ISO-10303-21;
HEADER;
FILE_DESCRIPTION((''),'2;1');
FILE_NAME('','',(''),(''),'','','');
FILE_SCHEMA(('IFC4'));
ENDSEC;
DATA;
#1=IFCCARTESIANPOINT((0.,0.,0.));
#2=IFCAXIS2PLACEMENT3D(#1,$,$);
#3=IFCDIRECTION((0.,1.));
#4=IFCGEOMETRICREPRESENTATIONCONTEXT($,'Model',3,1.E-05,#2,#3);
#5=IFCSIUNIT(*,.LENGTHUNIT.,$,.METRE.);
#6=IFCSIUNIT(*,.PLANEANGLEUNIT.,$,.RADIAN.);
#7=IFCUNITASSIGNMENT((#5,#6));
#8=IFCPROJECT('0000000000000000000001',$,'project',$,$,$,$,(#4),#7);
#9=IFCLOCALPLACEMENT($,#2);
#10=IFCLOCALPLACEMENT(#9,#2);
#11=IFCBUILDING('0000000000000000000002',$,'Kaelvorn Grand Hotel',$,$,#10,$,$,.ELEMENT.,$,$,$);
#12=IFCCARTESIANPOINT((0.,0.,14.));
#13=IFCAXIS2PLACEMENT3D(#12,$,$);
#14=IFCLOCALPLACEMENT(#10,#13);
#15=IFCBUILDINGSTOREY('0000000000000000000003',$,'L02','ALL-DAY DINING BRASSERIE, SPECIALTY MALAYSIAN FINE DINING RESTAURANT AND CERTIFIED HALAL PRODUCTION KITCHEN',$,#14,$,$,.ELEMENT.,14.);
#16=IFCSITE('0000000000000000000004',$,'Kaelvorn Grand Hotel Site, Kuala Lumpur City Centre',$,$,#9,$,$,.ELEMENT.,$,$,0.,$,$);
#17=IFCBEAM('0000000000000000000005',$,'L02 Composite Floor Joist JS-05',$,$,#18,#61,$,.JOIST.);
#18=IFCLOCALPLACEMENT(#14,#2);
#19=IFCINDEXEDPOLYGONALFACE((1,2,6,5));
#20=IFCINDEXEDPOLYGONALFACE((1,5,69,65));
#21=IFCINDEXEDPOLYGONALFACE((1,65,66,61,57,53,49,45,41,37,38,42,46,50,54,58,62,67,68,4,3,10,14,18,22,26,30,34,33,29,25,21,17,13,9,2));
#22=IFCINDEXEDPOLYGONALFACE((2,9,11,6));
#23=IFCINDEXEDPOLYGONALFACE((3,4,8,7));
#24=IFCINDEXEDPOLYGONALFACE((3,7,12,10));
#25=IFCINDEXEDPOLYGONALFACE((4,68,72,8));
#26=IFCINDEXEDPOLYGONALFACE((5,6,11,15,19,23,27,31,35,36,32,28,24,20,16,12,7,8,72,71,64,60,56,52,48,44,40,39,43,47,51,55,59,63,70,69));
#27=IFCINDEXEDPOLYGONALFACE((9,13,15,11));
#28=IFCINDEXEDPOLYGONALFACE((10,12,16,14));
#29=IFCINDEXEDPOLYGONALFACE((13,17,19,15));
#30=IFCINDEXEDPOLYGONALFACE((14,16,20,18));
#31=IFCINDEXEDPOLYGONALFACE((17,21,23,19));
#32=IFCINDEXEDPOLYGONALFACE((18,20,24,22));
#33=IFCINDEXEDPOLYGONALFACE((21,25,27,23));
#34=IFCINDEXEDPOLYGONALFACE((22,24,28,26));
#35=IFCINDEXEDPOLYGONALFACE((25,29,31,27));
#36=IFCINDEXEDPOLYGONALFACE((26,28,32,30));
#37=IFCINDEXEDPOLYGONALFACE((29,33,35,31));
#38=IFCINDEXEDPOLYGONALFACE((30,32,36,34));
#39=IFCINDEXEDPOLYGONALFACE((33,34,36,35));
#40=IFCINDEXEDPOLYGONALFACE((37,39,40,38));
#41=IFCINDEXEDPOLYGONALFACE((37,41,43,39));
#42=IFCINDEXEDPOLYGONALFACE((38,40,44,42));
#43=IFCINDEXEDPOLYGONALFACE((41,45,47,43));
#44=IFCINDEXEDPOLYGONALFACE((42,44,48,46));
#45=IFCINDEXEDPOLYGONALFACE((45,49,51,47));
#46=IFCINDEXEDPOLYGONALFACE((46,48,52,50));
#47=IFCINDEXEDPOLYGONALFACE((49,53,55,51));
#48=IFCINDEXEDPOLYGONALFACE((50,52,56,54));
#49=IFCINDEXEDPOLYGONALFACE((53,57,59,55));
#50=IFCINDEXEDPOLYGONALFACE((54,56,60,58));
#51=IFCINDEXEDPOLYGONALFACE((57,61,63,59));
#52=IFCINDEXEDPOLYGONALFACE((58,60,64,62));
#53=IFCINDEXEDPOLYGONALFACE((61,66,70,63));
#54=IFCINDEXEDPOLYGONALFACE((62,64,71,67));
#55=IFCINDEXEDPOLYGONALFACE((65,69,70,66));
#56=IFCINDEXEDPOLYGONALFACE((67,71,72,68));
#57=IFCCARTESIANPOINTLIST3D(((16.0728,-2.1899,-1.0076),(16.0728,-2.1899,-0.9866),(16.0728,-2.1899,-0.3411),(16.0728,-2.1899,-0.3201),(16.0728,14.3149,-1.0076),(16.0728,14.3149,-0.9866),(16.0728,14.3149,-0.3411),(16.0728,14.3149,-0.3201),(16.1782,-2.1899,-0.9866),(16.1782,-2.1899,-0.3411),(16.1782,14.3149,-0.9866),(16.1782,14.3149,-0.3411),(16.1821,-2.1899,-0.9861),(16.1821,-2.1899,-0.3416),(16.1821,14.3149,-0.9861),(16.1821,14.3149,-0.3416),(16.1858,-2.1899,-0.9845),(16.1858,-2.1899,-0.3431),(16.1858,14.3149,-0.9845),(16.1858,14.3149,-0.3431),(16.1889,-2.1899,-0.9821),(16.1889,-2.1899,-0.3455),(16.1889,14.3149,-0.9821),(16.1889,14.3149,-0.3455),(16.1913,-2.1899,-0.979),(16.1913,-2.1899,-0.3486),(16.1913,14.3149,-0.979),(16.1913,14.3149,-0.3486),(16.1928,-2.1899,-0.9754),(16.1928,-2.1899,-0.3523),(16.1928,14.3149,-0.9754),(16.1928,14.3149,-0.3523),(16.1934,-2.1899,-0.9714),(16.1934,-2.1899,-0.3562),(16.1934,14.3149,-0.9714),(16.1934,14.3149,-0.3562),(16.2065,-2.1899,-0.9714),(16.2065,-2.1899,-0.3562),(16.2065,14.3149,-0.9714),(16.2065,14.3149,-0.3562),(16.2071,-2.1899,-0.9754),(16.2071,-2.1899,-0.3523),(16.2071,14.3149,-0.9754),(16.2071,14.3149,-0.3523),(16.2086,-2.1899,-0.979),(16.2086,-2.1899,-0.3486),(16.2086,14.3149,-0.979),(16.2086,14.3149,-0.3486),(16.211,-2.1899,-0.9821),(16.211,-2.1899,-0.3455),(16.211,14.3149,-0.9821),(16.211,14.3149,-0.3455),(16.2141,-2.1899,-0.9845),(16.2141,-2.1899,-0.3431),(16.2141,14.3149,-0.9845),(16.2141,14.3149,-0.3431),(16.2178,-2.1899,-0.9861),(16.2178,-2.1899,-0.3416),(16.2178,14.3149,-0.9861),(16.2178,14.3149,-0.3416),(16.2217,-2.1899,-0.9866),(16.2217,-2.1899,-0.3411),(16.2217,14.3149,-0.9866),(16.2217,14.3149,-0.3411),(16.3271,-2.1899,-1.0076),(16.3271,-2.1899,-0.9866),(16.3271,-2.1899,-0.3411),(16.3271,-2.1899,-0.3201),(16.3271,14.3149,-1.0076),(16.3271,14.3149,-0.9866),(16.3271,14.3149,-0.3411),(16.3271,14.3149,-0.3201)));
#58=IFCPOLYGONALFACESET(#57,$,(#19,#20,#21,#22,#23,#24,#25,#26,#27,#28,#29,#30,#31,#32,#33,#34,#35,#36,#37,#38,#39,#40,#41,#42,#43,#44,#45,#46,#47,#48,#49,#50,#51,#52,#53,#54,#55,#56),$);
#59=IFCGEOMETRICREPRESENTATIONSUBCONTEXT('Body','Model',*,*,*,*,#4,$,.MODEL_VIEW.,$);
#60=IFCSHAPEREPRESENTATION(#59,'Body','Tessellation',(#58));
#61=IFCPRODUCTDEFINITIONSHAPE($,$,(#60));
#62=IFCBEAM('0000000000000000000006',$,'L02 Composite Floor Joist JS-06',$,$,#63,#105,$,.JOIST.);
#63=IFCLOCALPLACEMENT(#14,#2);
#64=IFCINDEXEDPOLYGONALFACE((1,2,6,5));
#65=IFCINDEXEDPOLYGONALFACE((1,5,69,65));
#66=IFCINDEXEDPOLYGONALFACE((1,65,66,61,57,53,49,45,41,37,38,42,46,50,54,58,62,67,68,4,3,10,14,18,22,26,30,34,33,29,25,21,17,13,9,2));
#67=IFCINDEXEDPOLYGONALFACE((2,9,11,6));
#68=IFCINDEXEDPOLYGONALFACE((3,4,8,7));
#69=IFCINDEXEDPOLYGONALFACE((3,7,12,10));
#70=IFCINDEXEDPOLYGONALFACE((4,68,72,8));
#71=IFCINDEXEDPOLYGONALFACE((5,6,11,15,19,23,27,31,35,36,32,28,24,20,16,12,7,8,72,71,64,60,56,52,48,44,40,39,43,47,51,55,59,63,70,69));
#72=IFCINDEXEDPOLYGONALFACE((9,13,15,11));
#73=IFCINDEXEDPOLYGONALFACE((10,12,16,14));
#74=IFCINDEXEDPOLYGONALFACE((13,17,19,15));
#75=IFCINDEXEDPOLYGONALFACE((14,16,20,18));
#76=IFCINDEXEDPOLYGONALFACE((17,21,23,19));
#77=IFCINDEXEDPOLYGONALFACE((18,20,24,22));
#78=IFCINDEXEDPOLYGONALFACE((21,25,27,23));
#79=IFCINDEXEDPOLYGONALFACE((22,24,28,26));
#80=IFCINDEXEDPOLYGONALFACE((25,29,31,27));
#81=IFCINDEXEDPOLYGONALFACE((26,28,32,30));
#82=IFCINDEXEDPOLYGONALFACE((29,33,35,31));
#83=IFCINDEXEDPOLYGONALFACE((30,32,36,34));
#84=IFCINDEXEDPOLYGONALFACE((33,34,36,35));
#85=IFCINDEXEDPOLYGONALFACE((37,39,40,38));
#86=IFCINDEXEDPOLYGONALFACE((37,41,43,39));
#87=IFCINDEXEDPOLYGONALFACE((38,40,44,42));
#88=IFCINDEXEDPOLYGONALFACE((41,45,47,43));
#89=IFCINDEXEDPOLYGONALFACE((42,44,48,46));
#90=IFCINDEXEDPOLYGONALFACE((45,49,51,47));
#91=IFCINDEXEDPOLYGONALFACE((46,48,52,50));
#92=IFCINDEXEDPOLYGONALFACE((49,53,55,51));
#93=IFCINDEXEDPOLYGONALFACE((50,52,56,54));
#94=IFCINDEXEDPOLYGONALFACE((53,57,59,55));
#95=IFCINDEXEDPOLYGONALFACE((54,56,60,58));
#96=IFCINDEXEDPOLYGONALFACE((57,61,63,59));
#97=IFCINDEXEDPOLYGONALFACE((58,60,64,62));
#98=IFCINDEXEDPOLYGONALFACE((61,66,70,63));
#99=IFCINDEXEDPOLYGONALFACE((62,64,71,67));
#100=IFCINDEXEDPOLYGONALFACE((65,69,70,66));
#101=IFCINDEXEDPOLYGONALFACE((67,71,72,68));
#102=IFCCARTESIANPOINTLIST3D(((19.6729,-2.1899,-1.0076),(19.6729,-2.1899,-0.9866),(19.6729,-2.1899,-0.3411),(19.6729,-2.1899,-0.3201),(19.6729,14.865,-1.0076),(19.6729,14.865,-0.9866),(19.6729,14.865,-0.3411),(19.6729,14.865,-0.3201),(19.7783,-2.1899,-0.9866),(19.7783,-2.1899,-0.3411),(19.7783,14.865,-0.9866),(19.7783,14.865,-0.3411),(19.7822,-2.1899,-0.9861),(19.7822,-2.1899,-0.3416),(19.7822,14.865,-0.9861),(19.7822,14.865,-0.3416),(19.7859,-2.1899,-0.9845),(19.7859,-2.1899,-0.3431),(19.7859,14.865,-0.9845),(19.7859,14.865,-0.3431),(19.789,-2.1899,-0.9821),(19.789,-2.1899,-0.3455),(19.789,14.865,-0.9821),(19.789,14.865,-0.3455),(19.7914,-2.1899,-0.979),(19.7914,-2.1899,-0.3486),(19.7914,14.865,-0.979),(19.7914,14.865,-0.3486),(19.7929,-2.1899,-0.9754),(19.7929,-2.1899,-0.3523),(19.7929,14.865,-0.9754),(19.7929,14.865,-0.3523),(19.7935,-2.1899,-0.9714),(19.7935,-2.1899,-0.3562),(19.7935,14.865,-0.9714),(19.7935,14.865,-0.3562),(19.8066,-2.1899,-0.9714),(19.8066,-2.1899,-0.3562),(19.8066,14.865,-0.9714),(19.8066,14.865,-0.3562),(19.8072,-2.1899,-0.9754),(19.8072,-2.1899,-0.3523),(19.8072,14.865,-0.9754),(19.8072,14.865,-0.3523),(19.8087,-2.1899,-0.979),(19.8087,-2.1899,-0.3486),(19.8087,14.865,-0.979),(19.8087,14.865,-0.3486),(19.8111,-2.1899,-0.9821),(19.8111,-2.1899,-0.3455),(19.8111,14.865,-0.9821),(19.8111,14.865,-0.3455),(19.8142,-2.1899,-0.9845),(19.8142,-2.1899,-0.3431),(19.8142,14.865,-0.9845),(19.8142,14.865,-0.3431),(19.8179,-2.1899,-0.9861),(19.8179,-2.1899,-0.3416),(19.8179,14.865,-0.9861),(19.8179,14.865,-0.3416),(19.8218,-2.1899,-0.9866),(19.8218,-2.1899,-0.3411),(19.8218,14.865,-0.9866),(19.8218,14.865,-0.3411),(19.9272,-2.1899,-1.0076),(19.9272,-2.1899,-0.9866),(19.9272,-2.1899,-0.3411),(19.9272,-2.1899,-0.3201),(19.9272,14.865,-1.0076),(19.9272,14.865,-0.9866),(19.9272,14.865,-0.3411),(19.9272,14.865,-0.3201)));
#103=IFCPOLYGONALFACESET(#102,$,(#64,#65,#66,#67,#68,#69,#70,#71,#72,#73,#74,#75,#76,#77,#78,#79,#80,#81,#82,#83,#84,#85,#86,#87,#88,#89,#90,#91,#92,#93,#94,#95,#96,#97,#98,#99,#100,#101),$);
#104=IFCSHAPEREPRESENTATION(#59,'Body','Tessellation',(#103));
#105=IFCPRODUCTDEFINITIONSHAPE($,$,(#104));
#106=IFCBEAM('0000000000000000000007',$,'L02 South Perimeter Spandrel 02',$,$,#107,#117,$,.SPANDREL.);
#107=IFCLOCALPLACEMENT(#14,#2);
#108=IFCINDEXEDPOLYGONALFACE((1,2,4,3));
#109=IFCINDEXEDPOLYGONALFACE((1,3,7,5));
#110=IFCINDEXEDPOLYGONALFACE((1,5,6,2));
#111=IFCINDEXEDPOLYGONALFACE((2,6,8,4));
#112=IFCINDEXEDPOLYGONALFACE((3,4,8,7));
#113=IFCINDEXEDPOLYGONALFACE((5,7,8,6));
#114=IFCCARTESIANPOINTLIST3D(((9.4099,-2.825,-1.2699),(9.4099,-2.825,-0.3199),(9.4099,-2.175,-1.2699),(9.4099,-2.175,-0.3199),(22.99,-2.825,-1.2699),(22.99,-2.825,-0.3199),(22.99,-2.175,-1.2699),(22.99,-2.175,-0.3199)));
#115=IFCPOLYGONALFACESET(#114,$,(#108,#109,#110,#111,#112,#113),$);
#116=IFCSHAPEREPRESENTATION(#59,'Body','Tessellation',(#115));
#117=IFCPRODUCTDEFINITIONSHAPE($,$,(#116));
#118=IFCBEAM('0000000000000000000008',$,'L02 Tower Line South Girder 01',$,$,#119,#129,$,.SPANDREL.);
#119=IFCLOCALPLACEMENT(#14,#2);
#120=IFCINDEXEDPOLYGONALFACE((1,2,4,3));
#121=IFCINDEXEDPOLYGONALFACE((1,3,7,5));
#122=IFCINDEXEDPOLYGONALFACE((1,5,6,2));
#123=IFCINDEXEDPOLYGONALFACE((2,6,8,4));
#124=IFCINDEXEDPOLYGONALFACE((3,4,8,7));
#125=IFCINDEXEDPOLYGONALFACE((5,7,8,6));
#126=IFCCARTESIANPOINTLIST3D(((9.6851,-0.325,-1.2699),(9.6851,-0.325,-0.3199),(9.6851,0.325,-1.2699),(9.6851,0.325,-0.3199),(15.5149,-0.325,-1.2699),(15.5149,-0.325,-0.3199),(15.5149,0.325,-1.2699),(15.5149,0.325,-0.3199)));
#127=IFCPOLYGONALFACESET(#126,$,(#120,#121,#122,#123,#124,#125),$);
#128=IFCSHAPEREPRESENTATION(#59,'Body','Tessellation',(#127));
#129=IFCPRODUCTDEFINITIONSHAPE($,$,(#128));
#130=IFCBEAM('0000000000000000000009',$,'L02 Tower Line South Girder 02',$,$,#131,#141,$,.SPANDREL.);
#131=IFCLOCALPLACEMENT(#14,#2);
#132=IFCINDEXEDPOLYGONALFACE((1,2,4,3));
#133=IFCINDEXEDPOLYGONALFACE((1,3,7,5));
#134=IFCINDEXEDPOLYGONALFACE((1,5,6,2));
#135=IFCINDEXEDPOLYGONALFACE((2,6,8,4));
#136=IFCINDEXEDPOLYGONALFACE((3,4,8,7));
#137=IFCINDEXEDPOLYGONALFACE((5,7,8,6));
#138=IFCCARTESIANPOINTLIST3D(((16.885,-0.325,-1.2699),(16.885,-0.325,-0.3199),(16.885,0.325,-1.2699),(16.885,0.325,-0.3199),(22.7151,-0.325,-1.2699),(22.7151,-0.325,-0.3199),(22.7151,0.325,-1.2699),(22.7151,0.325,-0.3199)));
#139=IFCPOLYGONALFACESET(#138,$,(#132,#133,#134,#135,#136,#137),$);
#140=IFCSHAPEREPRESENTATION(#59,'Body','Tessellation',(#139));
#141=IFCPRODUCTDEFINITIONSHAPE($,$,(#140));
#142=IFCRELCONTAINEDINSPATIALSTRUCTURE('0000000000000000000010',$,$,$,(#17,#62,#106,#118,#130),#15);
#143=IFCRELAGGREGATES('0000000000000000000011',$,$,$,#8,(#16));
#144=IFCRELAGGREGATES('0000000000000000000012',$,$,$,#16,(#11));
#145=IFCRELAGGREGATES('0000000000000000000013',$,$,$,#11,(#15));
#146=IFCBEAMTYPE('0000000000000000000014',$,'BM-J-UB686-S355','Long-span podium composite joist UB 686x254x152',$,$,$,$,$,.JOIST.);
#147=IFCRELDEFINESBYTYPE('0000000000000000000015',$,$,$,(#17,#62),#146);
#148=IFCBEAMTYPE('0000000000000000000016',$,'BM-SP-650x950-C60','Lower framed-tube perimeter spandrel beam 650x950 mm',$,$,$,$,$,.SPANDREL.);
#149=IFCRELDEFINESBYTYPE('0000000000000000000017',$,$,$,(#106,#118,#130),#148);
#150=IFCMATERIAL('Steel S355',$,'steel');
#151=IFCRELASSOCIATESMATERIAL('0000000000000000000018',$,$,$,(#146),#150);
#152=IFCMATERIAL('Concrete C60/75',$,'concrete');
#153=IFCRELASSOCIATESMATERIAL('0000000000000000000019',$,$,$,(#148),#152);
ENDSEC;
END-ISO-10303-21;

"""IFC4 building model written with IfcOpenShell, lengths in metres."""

from ifc_helpers import new_model, si_unit, direction, frame, origin, origin_2d, place, context, subcontext, project, spatial, rectangle, i_section, extrude, material, material_profile, profile_set, type_object, element, save


model = new_model("IFC4")

# Units and contexts
model_context = context("Model", 3, precision=1e-05, world=origin(), true_north=direction((0.0, 1.0)))
body_context = subcontext(model_context, "Body", "Model", "MODEL_VIEW")
ifc_project = project(units=[si_unit("LENGTHUNIT", "METRE"), si_unit("PLANEANGLEUNIT", "RADIAN")], contexts=[model_context])

# Site, building, storey
site_placement = place(None, origin())
site = spatial("IfcSite", under=ifc_project, at=site_placement, Name="Kaelvorn Grand Hotel Site, Kuala Lumpur City Centre", CompositionType="ELEMENT", RefElevation=0.0)
building_placement = place(site_placement, origin())
building = spatial("IfcBuilding", under=site, at=building_placement, Name="Kaelvorn Grand Hotel", CompositionType="ELEMENT")
storey_placement = place(building_placement, frame((0.0, 0.0, 14.0)))
storey = spatial("IfcBuildingStorey", under=building, at=storey_placement, Name="L02", Description="ALL-DAY DINING BRASSERIE, SPECIALTY MALAYSIAN FINE DINING RESTAURANT AND CERTIFIED HALAL PRODUCTION KITCHEN", CompositionType="ELEMENT", Elevation=14.0)

# Beams
ifc_material_1 = material(Name="Steel S355", Category="steel")
ifc_material_profile_1 = material_profile(ifc_material_1, i_section(OverallWidth=0.2544, OverallDepth=0.6875, WebThickness=0.0132, FlangeThickness=0.021, FilletRadius=0.0151, at=origin_2d()), Name="UB 686x254x152")
ifc_profile_set_1 = profile_set([ifc_material_profile_1], Name="Steel S355")
beam_type_1 = type_object("IfcBeamType", Name="BM-J-UB686-S355", Description="Long-span podium composite joist UB 686x254x152", PredefinedType="JOIST", material=ifc_profile_set_1)
beam_1_placement = place(storey_placement, frame((16.2, -2.1899, -0.6638), z_axis=(0.0, 1.0, 0.0), x_axis=(-1.0, 0.0, 0.0)))
element("IfcBeam", 1, at=beam_1_placement, inside=storey, type_object=beam_type_1, Name="L02 Composite Floor Joist JS-05", PredefinedType="JOIST", context=body_context, shape_type="SweptSolid", body=[
    extrude(i_section(OverallWidth=0.2544, OverallDepth=0.6875, WebThickness=0.0132, FlangeThickness=0.021, FilletRadius=0.0151, at=origin_2d()), origin(), (0.0, 0.0, 1.0), 16.5049),
])
beam_2_placement = place(storey_placement, frame((19.8, -2.1899, -0.6638), z_axis=(0.0, 1.0, 0.0), x_axis=(-1.0, 0.0, 0.0)))
element("IfcBeam", 2, at=beam_2_placement, inside=storey, type_object=beam_type_1, Name="L02 Composite Floor Joist JS-06", PredefinedType="JOIST", context=body_context, shape_type="SweptSolid", body=[
    extrude(i_section(OverallWidth=0.2544, OverallDepth=0.6875, WebThickness=0.0132, FlangeThickness=0.021, FilletRadius=0.0151, at=origin_2d()), origin(), (0.0, 0.0, 1.0), 17.0549),
])
ifc_material_2 = material(Name="Concrete C60/75", Category="concrete")
ifc_material_profile_2 = material_profile(ifc_material_2, rectangle(XDim=0.6499, YDim=0.95, at=origin_2d()), Name="RC SPANDREL 650x950")
ifc_profile_set_2 = profile_set([ifc_material_profile_2], Name="Concrete C60/75")
beam_type_2 = type_object("IfcBeamType", Name="BM-SP-650x950-C60", Description="Lower framed-tube perimeter spandrel beam 650x950 mm", PredefinedType="SPANDREL", material=ifc_profile_set_2)
beam_3_placement = place(storey_placement, frame((9.4099, -2.5, -0.7949), z_axis=(1.0, 0.0, 0.0), x_axis=(0.0, 1.0, 0.0)))
element("IfcBeam", 3, at=beam_3_placement, inside=storey, type_object=beam_type_2, Name="L02 South Perimeter Spandrel 02", PredefinedType="SPANDREL", context=body_context, shape_type="SweptSolid", body=[
    extrude(rectangle(XDim=0.6499, YDim=0.95, at=origin_2d()), origin(), (0.0, 0.0, 1.0), 13.5801),
])
beam_4_placement = place(storey_placement, frame((9.6851, 0.0, -0.7949), z_axis=(1.0, 0.0, 0.0), x_axis=(0.0, 1.0, 0.0)))
element("IfcBeam", 4, at=beam_4_placement, inside=storey, type_object=beam_type_2, Name="L02 Tower Line South Girder 01", PredefinedType="SPANDREL", context=body_context, shape_type="SweptSolid", body=[
    extrude(rectangle(XDim=0.6499, YDim=0.95, at=origin_2d()), origin(), (0.0, 0.0, 1.0), 5.8298),
])
beam_5_placement = place(storey_placement, frame((16.885, 0.0, -0.7949), z_axis=(1.0, 0.0, 0.0), x_axis=(0.0, 1.0, 0.0)))
element("IfcBeam", 5, at=beam_5_placement, inside=storey, type_object=beam_type_2, Name="L02 Tower Line South Girder 02", PredefinedType="SPANDREL", context=body_context, shape_type="SweptSolid", body=[
    extrude(rectangle(XDim=0.6499, YDim=0.95, at=origin_2d()), origin(), (0.0, 0.0, 1.0), 5.8301),
])

save(model, "model.ifc")
